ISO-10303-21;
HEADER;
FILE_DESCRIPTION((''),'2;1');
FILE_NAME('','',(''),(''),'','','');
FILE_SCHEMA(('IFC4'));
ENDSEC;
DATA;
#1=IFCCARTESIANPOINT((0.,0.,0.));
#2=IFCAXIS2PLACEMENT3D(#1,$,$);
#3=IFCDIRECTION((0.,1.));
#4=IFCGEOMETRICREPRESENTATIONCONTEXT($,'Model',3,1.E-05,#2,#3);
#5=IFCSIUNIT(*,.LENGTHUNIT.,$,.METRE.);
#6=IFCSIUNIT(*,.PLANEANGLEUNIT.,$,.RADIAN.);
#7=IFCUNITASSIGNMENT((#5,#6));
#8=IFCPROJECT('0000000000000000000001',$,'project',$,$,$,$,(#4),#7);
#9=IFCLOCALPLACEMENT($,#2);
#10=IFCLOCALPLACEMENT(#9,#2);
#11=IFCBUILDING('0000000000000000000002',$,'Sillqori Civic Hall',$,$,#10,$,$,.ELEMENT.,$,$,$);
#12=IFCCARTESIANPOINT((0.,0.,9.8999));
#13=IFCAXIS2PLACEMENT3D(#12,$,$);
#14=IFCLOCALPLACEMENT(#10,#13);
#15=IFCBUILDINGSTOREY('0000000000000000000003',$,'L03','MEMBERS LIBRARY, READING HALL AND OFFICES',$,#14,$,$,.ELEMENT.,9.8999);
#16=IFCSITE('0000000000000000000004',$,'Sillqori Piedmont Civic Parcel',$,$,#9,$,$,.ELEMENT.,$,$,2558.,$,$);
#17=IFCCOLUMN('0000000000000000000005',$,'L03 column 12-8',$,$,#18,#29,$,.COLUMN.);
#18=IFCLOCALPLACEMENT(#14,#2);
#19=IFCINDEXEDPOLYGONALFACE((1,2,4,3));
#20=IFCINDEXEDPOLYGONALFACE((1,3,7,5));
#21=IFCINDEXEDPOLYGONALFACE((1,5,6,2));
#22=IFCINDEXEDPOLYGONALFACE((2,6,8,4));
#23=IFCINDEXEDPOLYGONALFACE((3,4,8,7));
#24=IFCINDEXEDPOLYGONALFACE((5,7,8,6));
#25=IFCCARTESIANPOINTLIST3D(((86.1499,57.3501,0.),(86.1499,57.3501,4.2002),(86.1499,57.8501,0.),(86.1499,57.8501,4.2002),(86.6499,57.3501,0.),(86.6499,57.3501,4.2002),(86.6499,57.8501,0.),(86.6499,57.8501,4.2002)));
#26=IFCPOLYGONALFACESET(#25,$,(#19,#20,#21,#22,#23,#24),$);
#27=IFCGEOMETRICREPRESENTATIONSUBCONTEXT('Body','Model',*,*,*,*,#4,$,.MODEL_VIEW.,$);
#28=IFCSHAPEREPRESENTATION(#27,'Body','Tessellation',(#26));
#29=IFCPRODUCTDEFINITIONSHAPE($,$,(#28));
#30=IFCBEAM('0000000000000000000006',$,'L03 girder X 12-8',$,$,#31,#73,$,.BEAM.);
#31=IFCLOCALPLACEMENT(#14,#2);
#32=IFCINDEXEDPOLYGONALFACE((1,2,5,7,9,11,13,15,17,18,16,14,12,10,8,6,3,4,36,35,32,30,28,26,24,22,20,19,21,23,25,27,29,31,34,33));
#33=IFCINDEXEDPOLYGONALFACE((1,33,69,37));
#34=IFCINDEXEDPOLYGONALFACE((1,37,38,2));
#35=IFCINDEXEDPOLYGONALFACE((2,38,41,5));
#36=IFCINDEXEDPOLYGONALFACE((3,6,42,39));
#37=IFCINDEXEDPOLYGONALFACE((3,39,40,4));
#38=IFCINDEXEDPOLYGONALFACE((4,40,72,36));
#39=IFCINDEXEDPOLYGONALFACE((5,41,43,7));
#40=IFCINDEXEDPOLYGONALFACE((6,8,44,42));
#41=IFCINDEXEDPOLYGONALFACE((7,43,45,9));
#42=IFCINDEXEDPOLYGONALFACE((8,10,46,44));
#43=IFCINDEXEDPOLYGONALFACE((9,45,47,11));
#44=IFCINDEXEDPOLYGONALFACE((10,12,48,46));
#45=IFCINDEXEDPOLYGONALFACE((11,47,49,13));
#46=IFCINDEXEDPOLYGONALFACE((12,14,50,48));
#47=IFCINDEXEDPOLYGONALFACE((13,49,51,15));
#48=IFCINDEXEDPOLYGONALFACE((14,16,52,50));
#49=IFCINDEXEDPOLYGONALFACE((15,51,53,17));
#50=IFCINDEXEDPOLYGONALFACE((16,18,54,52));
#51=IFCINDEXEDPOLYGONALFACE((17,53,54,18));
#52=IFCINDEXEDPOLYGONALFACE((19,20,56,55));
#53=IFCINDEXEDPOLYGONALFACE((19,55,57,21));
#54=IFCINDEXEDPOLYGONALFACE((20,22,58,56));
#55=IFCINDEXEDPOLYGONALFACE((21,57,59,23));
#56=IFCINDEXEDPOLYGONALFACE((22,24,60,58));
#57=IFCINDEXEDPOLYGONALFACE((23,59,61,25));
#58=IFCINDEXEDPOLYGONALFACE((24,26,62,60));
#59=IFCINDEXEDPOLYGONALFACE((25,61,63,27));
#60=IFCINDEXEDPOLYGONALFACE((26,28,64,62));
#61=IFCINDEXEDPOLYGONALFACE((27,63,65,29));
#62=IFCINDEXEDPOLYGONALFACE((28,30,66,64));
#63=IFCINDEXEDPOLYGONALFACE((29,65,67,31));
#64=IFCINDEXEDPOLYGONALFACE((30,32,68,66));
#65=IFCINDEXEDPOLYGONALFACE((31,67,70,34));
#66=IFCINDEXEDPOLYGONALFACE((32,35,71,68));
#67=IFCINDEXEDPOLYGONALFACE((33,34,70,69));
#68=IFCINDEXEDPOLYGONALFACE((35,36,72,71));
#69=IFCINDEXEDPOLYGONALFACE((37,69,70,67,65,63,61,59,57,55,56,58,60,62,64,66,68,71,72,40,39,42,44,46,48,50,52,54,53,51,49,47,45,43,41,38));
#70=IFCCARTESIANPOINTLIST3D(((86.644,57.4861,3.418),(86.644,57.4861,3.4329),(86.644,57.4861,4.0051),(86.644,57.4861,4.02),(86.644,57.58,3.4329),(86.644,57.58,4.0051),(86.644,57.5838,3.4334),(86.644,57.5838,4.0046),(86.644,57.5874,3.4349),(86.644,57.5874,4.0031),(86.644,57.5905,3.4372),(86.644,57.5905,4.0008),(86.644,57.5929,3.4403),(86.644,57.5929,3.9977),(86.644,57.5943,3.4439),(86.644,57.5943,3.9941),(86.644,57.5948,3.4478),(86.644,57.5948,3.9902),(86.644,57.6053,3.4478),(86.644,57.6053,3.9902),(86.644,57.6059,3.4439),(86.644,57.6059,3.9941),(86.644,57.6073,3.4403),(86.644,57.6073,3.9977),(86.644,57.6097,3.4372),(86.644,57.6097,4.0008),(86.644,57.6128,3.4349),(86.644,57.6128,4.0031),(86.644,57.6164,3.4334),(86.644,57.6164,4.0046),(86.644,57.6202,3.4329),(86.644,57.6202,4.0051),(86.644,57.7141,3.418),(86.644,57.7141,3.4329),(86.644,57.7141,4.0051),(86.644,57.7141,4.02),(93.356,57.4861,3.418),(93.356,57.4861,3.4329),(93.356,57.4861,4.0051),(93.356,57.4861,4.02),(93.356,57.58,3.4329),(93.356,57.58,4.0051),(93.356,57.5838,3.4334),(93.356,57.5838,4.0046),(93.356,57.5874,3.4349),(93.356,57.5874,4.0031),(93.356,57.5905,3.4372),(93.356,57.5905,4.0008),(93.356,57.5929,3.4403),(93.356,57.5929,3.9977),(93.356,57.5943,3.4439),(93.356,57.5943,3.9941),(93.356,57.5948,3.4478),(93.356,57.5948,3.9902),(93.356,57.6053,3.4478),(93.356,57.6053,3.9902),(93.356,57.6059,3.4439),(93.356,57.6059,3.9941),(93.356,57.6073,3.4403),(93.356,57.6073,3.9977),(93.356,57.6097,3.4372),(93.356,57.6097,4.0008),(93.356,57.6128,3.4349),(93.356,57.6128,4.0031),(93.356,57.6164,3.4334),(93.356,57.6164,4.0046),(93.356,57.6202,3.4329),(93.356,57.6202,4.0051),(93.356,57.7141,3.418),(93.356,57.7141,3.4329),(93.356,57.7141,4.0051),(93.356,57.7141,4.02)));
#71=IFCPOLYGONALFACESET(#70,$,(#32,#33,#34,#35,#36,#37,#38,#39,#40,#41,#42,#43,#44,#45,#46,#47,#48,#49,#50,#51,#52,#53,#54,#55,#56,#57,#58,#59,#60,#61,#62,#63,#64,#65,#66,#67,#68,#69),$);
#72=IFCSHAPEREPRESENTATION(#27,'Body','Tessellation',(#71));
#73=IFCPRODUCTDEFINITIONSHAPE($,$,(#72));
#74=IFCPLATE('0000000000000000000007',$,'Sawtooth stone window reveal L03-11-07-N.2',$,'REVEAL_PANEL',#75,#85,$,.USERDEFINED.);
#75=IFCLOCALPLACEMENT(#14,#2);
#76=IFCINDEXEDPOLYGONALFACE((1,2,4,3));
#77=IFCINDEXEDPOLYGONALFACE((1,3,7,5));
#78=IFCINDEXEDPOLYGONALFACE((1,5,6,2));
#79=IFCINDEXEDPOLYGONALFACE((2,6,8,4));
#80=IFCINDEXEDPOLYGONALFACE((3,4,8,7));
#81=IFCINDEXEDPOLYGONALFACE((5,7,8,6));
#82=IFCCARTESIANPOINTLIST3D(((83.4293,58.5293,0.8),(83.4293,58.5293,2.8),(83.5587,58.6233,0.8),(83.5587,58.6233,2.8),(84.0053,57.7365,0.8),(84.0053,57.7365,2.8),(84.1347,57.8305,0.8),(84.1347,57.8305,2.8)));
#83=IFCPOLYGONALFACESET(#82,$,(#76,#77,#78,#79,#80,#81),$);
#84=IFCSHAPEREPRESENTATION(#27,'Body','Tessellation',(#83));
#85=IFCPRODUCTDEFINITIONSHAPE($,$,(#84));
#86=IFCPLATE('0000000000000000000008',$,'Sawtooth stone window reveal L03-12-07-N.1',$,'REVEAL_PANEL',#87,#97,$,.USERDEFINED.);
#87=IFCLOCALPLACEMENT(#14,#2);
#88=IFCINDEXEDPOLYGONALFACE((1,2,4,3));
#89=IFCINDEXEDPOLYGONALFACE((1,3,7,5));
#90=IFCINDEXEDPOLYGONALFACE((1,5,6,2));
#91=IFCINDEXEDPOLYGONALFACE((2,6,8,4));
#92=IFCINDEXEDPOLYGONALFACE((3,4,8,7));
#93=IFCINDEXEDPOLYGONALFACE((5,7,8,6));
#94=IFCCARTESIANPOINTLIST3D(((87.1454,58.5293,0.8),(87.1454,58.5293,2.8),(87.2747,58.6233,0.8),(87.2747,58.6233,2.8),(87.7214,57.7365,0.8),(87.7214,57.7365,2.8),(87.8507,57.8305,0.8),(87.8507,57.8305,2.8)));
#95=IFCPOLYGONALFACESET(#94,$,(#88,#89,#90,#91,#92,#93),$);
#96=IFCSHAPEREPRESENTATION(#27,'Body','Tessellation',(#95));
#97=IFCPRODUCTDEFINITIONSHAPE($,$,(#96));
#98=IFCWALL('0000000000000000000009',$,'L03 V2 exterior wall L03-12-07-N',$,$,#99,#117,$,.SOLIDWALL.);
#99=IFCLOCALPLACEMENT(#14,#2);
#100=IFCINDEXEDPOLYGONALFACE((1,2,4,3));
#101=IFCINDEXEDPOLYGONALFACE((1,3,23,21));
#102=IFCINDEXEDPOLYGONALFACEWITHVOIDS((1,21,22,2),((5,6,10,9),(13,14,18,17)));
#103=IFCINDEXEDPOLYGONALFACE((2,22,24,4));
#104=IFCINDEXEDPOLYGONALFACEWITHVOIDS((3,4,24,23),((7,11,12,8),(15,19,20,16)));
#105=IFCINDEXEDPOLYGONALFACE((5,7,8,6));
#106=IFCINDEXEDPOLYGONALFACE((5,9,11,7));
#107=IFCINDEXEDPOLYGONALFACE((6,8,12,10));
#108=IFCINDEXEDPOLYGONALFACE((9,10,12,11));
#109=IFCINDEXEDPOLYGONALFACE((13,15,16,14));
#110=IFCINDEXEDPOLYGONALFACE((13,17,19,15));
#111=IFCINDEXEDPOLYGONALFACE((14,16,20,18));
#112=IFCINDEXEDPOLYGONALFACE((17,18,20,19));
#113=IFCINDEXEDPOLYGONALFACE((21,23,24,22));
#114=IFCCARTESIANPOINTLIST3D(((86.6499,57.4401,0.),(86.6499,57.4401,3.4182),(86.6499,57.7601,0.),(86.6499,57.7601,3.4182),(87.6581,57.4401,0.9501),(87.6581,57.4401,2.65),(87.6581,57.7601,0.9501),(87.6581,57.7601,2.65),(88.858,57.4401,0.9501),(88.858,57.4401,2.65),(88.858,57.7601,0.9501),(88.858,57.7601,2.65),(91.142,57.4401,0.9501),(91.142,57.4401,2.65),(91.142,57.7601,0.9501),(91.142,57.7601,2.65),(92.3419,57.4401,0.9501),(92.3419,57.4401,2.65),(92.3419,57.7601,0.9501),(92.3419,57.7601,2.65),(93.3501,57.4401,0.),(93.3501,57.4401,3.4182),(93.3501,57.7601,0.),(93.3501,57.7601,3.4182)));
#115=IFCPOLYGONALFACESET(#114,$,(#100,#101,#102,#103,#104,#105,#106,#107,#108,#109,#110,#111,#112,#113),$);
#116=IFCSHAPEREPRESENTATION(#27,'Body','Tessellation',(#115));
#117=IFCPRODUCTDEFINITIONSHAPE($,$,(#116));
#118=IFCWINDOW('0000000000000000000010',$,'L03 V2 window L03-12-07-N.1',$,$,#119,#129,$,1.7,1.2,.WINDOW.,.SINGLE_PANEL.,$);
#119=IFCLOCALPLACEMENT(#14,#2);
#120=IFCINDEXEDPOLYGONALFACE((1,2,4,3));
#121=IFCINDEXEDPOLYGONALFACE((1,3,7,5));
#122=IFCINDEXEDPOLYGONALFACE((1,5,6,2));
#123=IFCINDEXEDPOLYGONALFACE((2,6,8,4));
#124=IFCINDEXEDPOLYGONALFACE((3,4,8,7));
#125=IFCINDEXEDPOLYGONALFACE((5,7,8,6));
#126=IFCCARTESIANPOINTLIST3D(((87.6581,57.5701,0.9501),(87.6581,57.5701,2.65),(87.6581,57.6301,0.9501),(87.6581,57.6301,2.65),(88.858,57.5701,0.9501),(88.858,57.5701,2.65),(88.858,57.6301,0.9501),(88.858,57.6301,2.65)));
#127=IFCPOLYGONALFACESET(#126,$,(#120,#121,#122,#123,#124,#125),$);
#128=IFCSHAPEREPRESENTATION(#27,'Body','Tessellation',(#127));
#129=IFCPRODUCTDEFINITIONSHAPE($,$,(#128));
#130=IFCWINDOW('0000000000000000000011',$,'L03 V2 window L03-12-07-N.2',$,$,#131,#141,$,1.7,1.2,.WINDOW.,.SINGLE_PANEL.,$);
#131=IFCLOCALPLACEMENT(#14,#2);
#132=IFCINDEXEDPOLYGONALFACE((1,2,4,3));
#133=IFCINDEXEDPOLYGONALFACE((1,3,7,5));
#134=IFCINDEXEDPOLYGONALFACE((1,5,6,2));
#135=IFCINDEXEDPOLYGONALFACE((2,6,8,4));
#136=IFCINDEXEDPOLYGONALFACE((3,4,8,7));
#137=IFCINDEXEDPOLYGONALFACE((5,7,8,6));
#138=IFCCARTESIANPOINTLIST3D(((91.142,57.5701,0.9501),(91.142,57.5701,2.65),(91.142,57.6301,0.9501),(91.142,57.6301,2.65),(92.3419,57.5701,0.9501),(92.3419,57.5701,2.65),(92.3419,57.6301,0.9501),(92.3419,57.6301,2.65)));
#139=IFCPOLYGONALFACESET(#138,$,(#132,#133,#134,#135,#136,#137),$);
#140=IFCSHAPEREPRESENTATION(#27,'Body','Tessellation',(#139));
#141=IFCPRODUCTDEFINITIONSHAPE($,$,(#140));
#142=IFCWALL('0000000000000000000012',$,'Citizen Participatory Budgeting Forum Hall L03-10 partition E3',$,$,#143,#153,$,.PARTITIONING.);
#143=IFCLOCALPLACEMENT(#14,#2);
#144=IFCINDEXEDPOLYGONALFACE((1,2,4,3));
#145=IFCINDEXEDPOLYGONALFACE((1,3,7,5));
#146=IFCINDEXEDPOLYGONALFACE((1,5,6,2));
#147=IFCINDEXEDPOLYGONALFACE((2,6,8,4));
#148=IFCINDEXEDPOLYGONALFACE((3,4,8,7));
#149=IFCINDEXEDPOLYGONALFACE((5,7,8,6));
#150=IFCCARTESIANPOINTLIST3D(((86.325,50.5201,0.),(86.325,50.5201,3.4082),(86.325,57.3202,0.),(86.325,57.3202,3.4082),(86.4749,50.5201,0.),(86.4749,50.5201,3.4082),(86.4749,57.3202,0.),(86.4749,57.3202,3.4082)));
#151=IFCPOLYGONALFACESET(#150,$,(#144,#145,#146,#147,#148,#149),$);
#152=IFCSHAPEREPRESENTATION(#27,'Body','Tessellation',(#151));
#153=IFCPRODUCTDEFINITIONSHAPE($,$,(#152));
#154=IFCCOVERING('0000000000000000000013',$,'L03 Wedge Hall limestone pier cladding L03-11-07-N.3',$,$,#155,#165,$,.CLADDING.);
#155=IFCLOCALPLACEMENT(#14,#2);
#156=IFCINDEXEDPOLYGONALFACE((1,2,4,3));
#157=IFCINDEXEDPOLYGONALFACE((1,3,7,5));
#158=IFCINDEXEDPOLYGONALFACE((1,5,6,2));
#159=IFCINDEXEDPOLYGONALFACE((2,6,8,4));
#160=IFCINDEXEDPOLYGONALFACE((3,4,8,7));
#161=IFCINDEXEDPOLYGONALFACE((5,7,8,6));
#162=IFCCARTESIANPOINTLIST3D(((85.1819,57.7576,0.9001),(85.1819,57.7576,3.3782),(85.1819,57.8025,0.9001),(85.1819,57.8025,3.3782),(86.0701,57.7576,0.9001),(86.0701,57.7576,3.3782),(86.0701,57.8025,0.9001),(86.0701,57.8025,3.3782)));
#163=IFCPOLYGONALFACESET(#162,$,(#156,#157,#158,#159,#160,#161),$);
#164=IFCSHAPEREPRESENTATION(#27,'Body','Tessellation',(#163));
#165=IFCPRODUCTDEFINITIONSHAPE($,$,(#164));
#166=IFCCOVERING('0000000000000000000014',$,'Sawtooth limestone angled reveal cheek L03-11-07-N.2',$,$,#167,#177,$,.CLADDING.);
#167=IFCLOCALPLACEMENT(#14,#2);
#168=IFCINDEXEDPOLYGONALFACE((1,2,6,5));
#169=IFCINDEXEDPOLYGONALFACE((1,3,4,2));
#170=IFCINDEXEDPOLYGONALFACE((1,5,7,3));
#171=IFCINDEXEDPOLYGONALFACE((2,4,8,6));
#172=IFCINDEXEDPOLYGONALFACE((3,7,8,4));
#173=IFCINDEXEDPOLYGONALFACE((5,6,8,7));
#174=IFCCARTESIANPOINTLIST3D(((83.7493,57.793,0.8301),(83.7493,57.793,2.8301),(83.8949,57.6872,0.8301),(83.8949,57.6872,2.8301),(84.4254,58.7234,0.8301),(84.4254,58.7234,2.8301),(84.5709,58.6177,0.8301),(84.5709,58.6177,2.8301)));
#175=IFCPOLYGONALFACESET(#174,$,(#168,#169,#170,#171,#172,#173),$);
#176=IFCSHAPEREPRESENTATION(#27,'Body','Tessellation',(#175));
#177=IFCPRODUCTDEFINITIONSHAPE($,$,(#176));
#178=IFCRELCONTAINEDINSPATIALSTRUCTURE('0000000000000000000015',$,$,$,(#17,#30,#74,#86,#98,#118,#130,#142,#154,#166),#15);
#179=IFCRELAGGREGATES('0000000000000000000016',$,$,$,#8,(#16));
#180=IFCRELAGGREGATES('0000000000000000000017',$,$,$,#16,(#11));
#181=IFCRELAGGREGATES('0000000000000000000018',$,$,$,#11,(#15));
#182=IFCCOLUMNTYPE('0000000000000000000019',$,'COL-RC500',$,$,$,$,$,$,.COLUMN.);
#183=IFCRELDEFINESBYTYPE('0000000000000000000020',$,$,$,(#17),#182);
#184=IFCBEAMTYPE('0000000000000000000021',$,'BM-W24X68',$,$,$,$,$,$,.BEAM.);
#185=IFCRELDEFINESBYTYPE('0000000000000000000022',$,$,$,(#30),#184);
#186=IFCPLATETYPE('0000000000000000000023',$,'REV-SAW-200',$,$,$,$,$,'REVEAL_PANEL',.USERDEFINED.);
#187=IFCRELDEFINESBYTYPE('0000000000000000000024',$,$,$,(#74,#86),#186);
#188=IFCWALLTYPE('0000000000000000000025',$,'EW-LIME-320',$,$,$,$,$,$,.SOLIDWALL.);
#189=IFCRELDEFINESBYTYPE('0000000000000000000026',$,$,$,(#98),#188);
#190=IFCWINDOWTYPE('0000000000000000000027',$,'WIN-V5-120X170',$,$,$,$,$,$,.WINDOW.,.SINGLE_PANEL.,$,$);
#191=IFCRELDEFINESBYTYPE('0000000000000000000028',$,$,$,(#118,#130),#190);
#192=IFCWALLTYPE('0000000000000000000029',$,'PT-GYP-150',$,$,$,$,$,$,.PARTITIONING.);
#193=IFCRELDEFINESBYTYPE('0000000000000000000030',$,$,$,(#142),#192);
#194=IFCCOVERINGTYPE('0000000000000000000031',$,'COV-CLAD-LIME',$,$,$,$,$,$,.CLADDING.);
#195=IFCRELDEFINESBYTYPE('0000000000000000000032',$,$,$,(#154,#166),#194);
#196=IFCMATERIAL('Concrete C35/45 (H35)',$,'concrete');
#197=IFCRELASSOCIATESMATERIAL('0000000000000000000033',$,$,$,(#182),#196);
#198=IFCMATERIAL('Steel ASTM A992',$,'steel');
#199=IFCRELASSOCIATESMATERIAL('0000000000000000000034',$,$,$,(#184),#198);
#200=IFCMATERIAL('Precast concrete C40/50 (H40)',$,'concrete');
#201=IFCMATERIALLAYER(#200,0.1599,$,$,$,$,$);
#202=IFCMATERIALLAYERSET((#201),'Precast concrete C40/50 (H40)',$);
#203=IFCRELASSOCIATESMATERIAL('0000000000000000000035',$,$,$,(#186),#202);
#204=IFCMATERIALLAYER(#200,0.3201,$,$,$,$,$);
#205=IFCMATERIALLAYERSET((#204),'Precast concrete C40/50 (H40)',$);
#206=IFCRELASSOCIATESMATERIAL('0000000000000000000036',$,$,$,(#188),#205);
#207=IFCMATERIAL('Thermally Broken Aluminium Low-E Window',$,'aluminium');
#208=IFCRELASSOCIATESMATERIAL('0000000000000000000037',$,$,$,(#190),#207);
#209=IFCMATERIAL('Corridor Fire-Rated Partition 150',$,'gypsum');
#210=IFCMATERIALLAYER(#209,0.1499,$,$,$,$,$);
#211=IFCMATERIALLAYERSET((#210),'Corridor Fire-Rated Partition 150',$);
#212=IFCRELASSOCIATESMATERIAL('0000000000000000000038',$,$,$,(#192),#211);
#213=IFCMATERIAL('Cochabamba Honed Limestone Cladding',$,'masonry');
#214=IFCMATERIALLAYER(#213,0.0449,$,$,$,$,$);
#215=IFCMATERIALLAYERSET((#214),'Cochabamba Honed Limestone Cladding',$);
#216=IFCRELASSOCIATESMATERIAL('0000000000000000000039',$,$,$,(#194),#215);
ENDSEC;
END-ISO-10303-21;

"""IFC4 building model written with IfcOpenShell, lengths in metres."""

from ifc_helpers import new_model, si_unit, direction, frame, frame_2d, origin, origin_2d, place, context, subcontext, project, spatial, rectangle, i_section, extrude, material, layer, layer_set, material_profile, profile_set, type_object, element, fill, save


model = new_model("IFC4")

# Units and contexts
model_context = context("Model", 3, precision=1e-05, world=origin(), true_north=direction((0.0, 1.0)))
body_context = subcontext(model_context, "Body", "Model", "MODEL_VIEW")
ifc_project = project(units=[si_unit("LENGTHUNIT", "METRE"), si_unit("PLANEANGLEUNIT", "RADIAN")], contexts=[model_context])

# Site, building, storey
site_placement = place(None, origin())
site = spatial("IfcSite", under=ifc_project, at=site_placement, Name="Sillqori Piedmont Civic Parcel", CompositionType="ELEMENT", RefElevation=2558.0)
building_placement = place(site_placement, origin())
building = spatial("IfcBuilding", under=site, at=building_placement, Name="Sillqori Civic Hall", CompositionType="ELEMENT")
storey_placement = place(building_placement, frame((0.0, 0.0, 9.8999)))
storey = spatial("IfcBuildingStorey", under=building, at=storey_placement, Name="L03", Description="MEMBERS LIBRARY, READING HALL AND OFFICES", CompositionType="ELEMENT", Elevation=9.8999)

# Column
ifc_material_1 = material(Name="Concrete C35/45 (H35)", Category="concrete")
ifc_material_profile_1 = material_profile(ifc_material_1, rectangle(XDim=0.5, YDim=0.5, at=origin_2d()), Name="RC 500x500")
ifc_profile_set_1 = profile_set([ifc_material_profile_1], Name="Concrete C35/45 (H35)")
column_type = type_object("IfcColumnType", Name="COL-RC500", PredefinedType="COLUMN", material=ifc_profile_set_1)
column_placement = place(storey_placement, frame((86.3999, 57.6001, 0.0), z_axis=(0.0, 0.0, 1.0), x_axis=(1.0, 0.0, 0.0)))
element("IfcColumn", 1, at=column_placement, inside=storey, type_object=column_type, Name="L03 column 12-8", PredefinedType="COLUMN", context=body_context, shape_type="SweptSolid", body=[
    extrude(rectangle(XDim=0.5, YDim=0.5, at=origin_2d()), origin(), (0.0, 0.0, 1.0), 4.2002),
])

# Beam
ifc_material_2 = material(Name="Steel ASTM A992", Category="steel")
ifc_material_profile_2 = material_profile(ifc_material_2, i_section(OverallWidth=0.228, OverallDepth=0.6021, WebThickness=0.0105, FlangeThickness=0.0149, FilletRadius=0.0149, at=origin_2d()), Name="W24X68")
ifc_profile_set_2 = profile_set([ifc_material_profile_2], Name="Steel ASTM A992")
beam_type = type_object("IfcBeamType", Name="BM-W24X68", PredefinedType="BEAM", material=ifc_profile_set_2)
beam_placement = place(storey_placement, frame((86.644, 57.6001, 3.719), z_axis=(1.0, 0.0, 0.0), x_axis=(0.0, 1.0, 0.0)))
element("IfcBeam", 2, at=beam_placement, inside=storey, type_object=beam_type, Name="L03 girder X 12-8", PredefinedType="BEAM", context=body_context, shape_type="SweptSolid", body=[
    extrude(i_section(OverallWidth=0.228, OverallDepth=0.6021, WebThickness=0.0105, FlangeThickness=0.0149, FilletRadius=0.0149, at=origin_2d()), origin(), (0.0, 0.0, 1.0), 6.7119),
])

# Plates
ifc_material_3 = material(Name="Precast concrete C40/50 (H40)", Category="concrete")
ifc_layer_1 = layer(ifc_material_3, 0.1599)
ifc_layer_set_1 = layer_set([ifc_layer_1], Name="Precast concrete C40/50 (H40)")
plate_type = type_object("IfcPlateType", Name="REV-SAW-200", ElementType="REVEAL_PANEL", PredefinedType="USERDEFINED", material=ifc_layer_set_1)
for number, where, z_axis, x_axis, name in (
    (3, (83.782, 58.1799, 0.8), (0.0, 0.0, 1.0), (0.809017, 0.587785, 0.0), "Sawtooth stone window reveal L03-11-07-N.2"),
    (4, (87.498, 58.1799, 0.8), (0.0, 0.0, 1.0), (0.809017, 0.587785, 0.0), "Sawtooth stone window reveal L03-12-07-N.1"),
):
    element("IfcPlate", number, at=place(storey_placement, frame(where, z_axis=z_axis, x_axis=x_axis)), inside=storey, type_object=plate_type, Name=name, ObjectType="REVEAL_PANEL", PredefinedType="USERDEFINED", context=body_context, shape_type="SweptSolid", body=[
        extrude(rectangle(XDim=0.1599, YDim=0.98, at=origin_2d()), origin(), (0.0, 0.0, 1.0), 2.0),
    ])

# Wall, openings, windows
ifc_layer_2 = layer(ifc_material_3, 0.3201)
ifc_layer_set_2 = layer_set([ifc_layer_2], Name="Precast concrete C40/50 (H40)")
wall_type_1 = type_object("IfcWallType", Name="EW-LIME-320", PredefinedType="SOLIDWALL", material=ifc_layer_set_2)
wall_1_placement = place(storey_placement, frame((86.6499, 57.6001, 0.0), z_axis=(0.0, 0.0, 1.0), x_axis=(1.0, 0.0, 0.0)))
wall_1 = element("IfcWall", 5, at=wall_1_placement, inside=storey, type_object=wall_type_1, Name="L03 V2 exterior wall L03-12-07-N", PredefinedType="SOLIDWALL", context=body_context, shape_type="SweptSolid", body=[
    extrude(rectangle(XDim=6.7002, YDim=0.3201, at=frame_2d((3.3501, 0.0))), origin(), (0.0, 0.0, 1.0), 3.4182),
])
opening_1_placement = place(wall_1_placement, frame((1.0081, 0.0, 0.95)))
opening_1 = element("IfcOpeningElement", 6, at=opening_1_placement, cuts=wall_1, PredefinedType="OPENING", context=body_context, shape_type="SweptSolid", body=[
    extrude(rectangle(XDim=1.2, YDim=1.7, at=frame_2d((0.6001, 0.8501))), frame((0.0, 0.1699, 0.0), z_axis=(0.0, -1.0, 0.0), x_axis=(1.0, 0.0, 0.0)), (0.0, 0.0, 1.0), 0.3401),
])
opening_2_placement = place(wall_1_placement, frame((4.4919, 0.0, 0.95)))
opening_2 = element("IfcOpeningElement", 7, at=opening_2_placement, cuts=wall_1, PredefinedType="OPENING", context=body_context, shape_type="SweptSolid", body=[
    extrude(rectangle(XDim=1.2, YDim=1.7, at=frame_2d((0.6001, 0.8501))), frame((0.0, 0.1699, 0.0), z_axis=(0.0, -1.0, 0.0), x_axis=(1.0, 0.0, 0.0)), (0.0, 0.0, 1.0), 0.3401),
])
ifc_material_4 = material(Name="Thermally Broken Aluminium Low-E Window", Category="aluminium")
window_type = type_object("IfcWindowType", Name="WIN-V5-120X170", PartitioningType="SINGLE_PANEL", PredefinedType="WINDOW", material=ifc_material_4)
window_1_placement = place(opening_1_placement, origin())
window_1 = element("IfcWindow", 8, at=window_1_placement, inside=storey, type_object=window_type, Name="L03 V2 window L03-12-07-N.1", OverallHeight=1.7, OverallWidth=1.2, PartitioningType="SINGLE_PANEL", PredefinedType="WINDOW", context=body_context, shape_type="SweptSolid", body=[
    extrude(rectangle(XDim=1.2, YDim=1.7, at=frame_2d((0.6001, 0.8501))), frame((0.0, 0.03, 0.0), z_axis=(0.0, -1.0, 0.0), x_axis=(1.0, 0.0, 0.0)), (0.0, 0.0, 1.0), 0.0601),
])
fill(opening_1, window_1)
window_2_placement = place(opening_2_placement, origin())
window_2 = element("IfcWindow", 9, at=window_2_placement, inside=storey, type_object=window_type, Name="L03 V2 window L03-12-07-N.2", OverallHeight=1.7, OverallWidth=1.2, PartitioningType="SINGLE_PANEL", PredefinedType="WINDOW", context=body_context, shape_type="SweptSolid", body=[
    extrude(rectangle(XDim=1.2, YDim=1.7, at=frame_2d((0.6001, 0.8501))), frame((0.0, 0.03, 0.0), z_axis=(0.0, -1.0, 0.0), x_axis=(1.0, 0.0, 0.0)), (0.0, 0.0, 1.0), 0.0601),
])
fill(opening_2, window_2)

# Wall
ifc_material_5 = material(Name="Corridor Fire-Rated Partition 150", Category="gypsum")
ifc_layer_3 = layer(ifc_material_5, 0.1499)
ifc_layer_set_3 = layer_set([ifc_layer_3], Name="Corridor Fire-Rated Partition 150")
wall_type_2 = type_object("IfcWallType", Name="PT-GYP-150", PredefinedType="PARTITIONING", material=ifc_layer_set_3)
wall_2_placement = place(storey_placement, frame((86.3999, 57.3201, 0.0), z_axis=(0.0, 0.0, 1.0), x_axis=(0.0, -1.0, 0.0)))
element("IfcWall", 10, at=wall_2_placement, inside=storey, type_object=wall_type_2, Name="Citizen Participatory Budgeting Forum Hall L03-10 partition E3", PredefinedType="PARTITIONING", context=body_context, shape_type="SweptSolid", body=[
    extrude(rectangle(XDim=6.8, YDim=0.1499, at=frame_2d((3.3999, 0.0))), origin(), (0.0, 0.0, 1.0), 3.4082),
])

# Coverings
ifc_material_6 = material(Name="Cochabamba Honed Limestone Cladding", Category="masonry")
ifc_layer_4 = layer(ifc_material_6, 0.0449)
ifc_layer_set_4 = layer_set([ifc_layer_4], Name="Cochabamba Honed Limestone Cladding")
covering_type = type_object("IfcCoveringType", Name="COV-CLAD-LIME", PredefinedType="CLADDING", material=ifc_layer_set_4)
covering_1_placement = place(storey_placement, frame((85.1819, 57.78, 0.9001), z_axis=(0.0, 0.0, 1.0), x_axis=(1.0, 0.0, 0.0)))
element("IfcCovering", 11, at=covering_1_placement, inside=storey, type_object=covering_type, Name="L03 Wedge Hall limestone pier cladding L03-11-07-N.3", PredefinedType="CLADDING", context=body_context, shape_type="SweptSolid", body=[
    extrude(rectangle(XDim=0.8882, YDim=0.0449, at=frame_2d((0.4441, 0.0))), origin(), (0.0, 0.0, 1.0), 2.478),
])
covering_2_placement = place(storey_placement, frame((83.822, 57.74, 0.8301), z_axis=(0.0, 0.0, 1.0), x_axis=(0.587806, 0.809002, 0.0)))
element("IfcCovering", 12, at=covering_2_placement, inside=storey, type_object=covering_type, Name="Sawtooth limestone angled reveal cheek L03-11-07-N.2", PredefinedType="CLADDING", context=body_context, shape_type="SweptSolid", body=[
    extrude(rectangle(XDim=1.1501, YDim=0.1799, at=frame_2d((0.5752, 0.0))), origin(), (0.0, 0.0, 1.0), 2.0),
])

save(model, "model.ifc")
